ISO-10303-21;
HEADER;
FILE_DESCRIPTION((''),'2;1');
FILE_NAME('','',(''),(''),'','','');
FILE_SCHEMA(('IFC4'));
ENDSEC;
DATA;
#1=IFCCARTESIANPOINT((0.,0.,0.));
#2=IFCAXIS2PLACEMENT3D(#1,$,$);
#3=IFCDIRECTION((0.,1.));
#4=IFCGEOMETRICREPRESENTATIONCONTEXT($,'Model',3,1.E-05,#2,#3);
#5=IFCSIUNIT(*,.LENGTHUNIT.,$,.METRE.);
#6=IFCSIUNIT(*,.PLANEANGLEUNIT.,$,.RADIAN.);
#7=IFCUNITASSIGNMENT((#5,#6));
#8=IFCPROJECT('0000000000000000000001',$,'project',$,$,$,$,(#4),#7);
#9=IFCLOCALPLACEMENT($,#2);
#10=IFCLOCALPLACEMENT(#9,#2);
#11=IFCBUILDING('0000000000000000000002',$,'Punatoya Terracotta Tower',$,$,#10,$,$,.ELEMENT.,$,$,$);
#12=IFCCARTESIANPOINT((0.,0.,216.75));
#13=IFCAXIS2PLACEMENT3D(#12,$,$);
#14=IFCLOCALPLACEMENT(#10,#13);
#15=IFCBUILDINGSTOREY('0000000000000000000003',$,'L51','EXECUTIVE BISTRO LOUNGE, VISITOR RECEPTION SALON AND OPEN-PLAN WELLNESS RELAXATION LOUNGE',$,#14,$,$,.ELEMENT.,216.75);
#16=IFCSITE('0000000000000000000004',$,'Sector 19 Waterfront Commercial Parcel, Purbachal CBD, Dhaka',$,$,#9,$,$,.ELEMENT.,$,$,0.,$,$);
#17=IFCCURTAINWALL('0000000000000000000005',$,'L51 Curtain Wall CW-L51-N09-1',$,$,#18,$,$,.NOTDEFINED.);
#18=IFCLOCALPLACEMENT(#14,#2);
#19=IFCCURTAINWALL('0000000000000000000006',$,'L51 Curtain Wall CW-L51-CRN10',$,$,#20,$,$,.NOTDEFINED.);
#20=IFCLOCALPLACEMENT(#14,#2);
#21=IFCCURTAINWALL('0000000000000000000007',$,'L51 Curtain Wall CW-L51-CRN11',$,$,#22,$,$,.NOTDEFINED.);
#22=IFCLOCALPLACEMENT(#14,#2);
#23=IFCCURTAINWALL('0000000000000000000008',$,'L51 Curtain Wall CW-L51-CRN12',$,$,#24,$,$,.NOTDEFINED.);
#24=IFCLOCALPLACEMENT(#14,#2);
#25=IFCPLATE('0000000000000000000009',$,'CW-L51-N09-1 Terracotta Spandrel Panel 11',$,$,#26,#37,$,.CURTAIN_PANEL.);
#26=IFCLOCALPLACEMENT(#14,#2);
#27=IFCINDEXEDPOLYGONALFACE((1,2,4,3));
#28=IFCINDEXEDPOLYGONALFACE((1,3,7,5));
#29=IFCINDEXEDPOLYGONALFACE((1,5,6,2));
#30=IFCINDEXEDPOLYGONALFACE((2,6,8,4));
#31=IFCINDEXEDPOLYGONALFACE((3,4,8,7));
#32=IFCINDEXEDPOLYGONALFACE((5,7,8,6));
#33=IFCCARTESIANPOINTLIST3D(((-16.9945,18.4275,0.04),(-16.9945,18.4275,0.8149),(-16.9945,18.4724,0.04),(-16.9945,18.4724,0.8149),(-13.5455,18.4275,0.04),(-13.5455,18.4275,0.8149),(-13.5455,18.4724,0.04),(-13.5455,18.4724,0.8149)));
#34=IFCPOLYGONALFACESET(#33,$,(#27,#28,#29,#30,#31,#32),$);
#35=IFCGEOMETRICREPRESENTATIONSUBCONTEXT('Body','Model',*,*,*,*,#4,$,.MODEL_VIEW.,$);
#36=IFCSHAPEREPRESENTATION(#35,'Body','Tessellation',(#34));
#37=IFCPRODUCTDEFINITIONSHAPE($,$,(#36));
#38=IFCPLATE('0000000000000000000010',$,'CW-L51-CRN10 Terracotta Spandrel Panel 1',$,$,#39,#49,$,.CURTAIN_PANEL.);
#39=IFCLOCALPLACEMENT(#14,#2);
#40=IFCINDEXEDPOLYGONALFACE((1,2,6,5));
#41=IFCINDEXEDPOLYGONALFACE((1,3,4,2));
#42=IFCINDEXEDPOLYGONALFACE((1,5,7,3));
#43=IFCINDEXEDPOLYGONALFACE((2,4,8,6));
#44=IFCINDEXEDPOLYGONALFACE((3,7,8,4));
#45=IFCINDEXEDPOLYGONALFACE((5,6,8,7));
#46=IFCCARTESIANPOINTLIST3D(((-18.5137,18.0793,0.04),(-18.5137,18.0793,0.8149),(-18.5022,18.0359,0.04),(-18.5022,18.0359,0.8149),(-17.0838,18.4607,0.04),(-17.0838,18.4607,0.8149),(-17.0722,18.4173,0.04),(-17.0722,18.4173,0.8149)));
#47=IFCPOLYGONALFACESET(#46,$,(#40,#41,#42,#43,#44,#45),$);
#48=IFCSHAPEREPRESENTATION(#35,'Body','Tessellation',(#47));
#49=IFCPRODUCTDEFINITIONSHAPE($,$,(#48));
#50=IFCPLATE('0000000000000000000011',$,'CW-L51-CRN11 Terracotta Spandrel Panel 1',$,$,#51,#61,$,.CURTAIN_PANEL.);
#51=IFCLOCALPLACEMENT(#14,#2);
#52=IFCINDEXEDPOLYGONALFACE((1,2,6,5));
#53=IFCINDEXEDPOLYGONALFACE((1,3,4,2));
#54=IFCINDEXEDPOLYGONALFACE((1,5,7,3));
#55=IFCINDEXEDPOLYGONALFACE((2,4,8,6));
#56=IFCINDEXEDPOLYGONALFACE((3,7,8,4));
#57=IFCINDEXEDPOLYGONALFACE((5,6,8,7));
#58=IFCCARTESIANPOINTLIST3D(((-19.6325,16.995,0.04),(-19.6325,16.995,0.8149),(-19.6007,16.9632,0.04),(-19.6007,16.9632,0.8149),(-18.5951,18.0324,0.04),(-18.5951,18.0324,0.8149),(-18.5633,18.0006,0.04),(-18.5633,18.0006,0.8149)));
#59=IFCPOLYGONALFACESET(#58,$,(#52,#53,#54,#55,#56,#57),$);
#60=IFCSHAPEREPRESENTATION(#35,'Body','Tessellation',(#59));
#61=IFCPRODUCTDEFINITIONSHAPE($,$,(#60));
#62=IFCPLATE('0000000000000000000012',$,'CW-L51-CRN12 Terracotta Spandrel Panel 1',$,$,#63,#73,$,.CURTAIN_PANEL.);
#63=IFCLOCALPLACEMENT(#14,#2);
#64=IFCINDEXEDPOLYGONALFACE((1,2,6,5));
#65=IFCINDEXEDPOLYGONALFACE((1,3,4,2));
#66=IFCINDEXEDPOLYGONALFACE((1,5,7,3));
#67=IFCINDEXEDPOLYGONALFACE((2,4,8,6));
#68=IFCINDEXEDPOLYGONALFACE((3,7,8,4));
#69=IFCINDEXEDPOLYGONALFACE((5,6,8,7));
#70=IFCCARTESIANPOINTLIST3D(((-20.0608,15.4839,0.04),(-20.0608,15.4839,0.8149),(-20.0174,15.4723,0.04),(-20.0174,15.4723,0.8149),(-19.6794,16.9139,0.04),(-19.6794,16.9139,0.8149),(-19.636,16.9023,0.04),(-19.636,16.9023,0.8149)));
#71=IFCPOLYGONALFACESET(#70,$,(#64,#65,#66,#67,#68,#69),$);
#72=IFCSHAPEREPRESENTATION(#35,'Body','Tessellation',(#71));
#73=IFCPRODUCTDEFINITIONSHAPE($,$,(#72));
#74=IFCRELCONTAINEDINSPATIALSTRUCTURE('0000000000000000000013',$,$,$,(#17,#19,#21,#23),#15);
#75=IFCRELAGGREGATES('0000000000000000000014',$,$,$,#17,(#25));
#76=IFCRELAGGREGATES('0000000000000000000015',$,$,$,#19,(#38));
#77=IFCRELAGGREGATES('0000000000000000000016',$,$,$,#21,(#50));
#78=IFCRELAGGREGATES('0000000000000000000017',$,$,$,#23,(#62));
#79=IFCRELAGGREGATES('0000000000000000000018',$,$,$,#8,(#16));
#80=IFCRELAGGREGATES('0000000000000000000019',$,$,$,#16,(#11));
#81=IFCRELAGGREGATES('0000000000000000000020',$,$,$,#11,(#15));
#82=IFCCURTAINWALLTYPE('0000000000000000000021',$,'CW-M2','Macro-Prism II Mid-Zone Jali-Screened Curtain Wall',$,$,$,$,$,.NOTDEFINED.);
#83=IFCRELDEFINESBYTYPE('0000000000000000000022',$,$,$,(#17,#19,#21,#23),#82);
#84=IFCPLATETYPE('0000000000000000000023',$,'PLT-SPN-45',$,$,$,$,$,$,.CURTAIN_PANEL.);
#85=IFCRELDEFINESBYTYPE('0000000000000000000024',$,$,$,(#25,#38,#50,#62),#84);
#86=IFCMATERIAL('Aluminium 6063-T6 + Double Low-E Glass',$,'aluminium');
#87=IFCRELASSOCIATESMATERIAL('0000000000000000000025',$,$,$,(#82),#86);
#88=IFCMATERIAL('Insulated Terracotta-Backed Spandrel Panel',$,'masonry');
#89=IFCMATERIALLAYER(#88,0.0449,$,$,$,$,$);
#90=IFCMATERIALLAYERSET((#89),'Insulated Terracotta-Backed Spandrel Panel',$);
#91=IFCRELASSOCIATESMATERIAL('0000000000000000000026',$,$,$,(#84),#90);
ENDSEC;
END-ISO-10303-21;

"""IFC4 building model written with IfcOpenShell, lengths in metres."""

from ifc_helpers import new_model, si_unit, direction, frame, origin, origin_2d, place, context, subcontext, project, spatial, rectangle, extrude, material, layer, layer_set, type_object, element, aggregate, save


model = new_model("IFC4")

# Units and contexts
model_context = context("Model", 3, precision=1e-05, world=origin(), true_north=direction((0.0, 1.0)))
body_context = subcontext(model_context, "Body", "Model", "MODEL_VIEW")
ifc_project = project(units=[si_unit("LENGTHUNIT", "METRE"), si_unit("PLANEANGLEUNIT", "RADIAN")], contexts=[model_context])

# Site, building, storey
site_placement = place(None, origin())
site = spatial("IfcSite", under=ifc_project, at=site_placement, Name="Sector 19 Waterfront Commercial Parcel, Purbachal CBD, Dhaka", CompositionType="ELEMENT", RefElevation=0.0)
building_placement = place(site_placement, origin())
building = spatial("IfcBuilding", under=site, at=building_placement, Name="Punatoya Terracotta Tower", CompositionType="ELEMENT")
storey_placement = place(building_placement, frame((0.0, 0.0, 216.75)))
storey = spatial("IfcBuildingStorey", under=building, at=storey_placement, Name="L51", Description="EXECUTIVE BISTRO LOUNGE, VISITOR RECEPTION SALON AND OPEN-PLAN WELLNESS RELAXATION LOUNGE", CompositionType="ELEMENT", Elevation=216.75)

# Curtain wall
ifc_material_1 = material(Name="Aluminium 6063-T6 + Double Low-E Glass", Category="aluminium")
curtain_wall_type = type_object("IfcCurtainWallType", Name="CW-M2", Description="Macro-Prism II Mid-Zone Jali-Screened Curtain Wall", PredefinedType="NOTDEFINED", material=ifc_material_1)
curtain_wall_1_placement = place(storey_placement, origin())
curtain_wall_1 = element("IfcCurtainWall", 1, at=curtain_wall_1_placement, inside=storey, type_object=curtain_wall_type, Name="L51 Curtain Wall CW-L51-N09-1", PredefinedType="NOTDEFINED")

# Curtain walls
curtain_wall_2_placement = place(storey_placement, origin())
curtain_wall_2 = element("IfcCurtainWall", 2, at=curtain_wall_2_placement, inside=storey, type_object=curtain_wall_type, Name="L51 Curtain Wall CW-L51-CRN10", PredefinedType="NOTDEFINED")
curtain_wall_3_placement = place(storey_placement, origin())
curtain_wall_3 = element("IfcCurtainWall", 3, at=curtain_wall_3_placement, inside=storey, type_object=curtain_wall_type, Name="L51 Curtain Wall CW-L51-CRN11", PredefinedType="NOTDEFINED")

# Curtain wall
curtain_wall_4_placement = place(storey_placement, origin())
curtain_wall_4 = element("IfcCurtainWall", 4, at=curtain_wall_4_placement, inside=storey, type_object=curtain_wall_type, Name="L51 Curtain Wall CW-L51-CRN12", PredefinedType="NOTDEFINED")

# Plates
ifc_material_2 = material(Name="Insulated Terracotta-Backed Spandrel Panel", Category="masonry")
ifc_layer_1 = layer(ifc_material_2, 0.0449)
ifc_layer_set_1 = layer_set([ifc_layer_1], Name="Insulated Terracotta-Backed Spandrel Panel")
plate_type_1 = type_object("IfcPlateType", Name="PLT-SPN-45", PredefinedType="CURTAIN_PANEL", material=ifc_layer_set_1)
plate_1_placement = place(storey_placement, frame((-15.27, 18.45, 0.04), z_axis=(0.0, 0.0, 1.0), x_axis=(-1.0, 0.0, 0.0)))
plate_1 = element("IfcPlate", 5, at=plate_1_placement, type_object=plate_type_1, Name="CW-L51-N09-1 Terracotta Spandrel Panel 11", PredefinedType="CURTAIN_PANEL", context=body_context, shape_type="SweptSolid", body=[
    extrude(rectangle(XDim=3.449, YDim=0.0449, at=origin_2d()), origin(), (0.0, 0.0, 1.0), 0.7749),
])
aggregate(curtain_wall_1, [plate_1])
plate_2_placement = place(storey_placement, frame((-17.793, 18.2483, 0.04), z_axis=(0.0, 0.0, 1.0), x_axis=(-0.966214, -0.257742, 0.0)))
plate_2 = element("IfcPlate", 6, at=plate_2_placement, type_object=plate_type_1, Name="CW-L51-CRN10 Terracotta Spandrel Panel 1", PredefinedType="CURTAIN_PANEL", context=body_context, shape_type="SweptSolid", body=[
    extrude(rectangle(XDim=1.48, YDim=0.0449, at=origin_2d()), origin(), (0.0, 0.0, 1.0), 0.7749),
])
aggregate(curtain_wall_2, [plate_2])
plate_3_placement = place(storey_placement, frame((-19.0979, 17.4978, 0.04), z_axis=(0.0, 0.0, 1.0), x_axis=(-0.707107, -0.707107, 0.0)))
plate_3 = element("IfcPlate", 7, at=plate_3_placement, type_object=plate_type_1, Name="CW-L51-CRN11 Terracotta Spandrel Panel 1", PredefinedType="CURTAIN_PANEL", context=body_context, shape_type="SweptSolid", body=[
    extrude(rectangle(XDim=1.467, YDim=0.0449, at=origin_2d()), origin(), (0.0, 0.0, 1.0), 0.7749),
])
aggregate(curtain_wall_3, [plate_3])
plate_4_placement = place(storey_placement, frame((-19.8484, 16.1931, 0.04), z_axis=(0.0, 0.0, 1.0), x_axis=(-0.257742, -0.966214, 0.0)))
plate_4 = element("IfcPlate", 8, at=plate_4_placement, type_object=plate_type_1, Name="CW-L51-CRN12 Terracotta Spandrel Panel 1", PredefinedType="CURTAIN_PANEL", context=body_context, shape_type="SweptSolid", body=[
    extrude(rectangle(XDim=1.48, YDim=0.0449, at=origin_2d()), origin(), (0.0, 0.0, 1.0), 0.7749),
])
aggregate(curtain_wall_4, [plate_4])

save(model, "model.ifc")
